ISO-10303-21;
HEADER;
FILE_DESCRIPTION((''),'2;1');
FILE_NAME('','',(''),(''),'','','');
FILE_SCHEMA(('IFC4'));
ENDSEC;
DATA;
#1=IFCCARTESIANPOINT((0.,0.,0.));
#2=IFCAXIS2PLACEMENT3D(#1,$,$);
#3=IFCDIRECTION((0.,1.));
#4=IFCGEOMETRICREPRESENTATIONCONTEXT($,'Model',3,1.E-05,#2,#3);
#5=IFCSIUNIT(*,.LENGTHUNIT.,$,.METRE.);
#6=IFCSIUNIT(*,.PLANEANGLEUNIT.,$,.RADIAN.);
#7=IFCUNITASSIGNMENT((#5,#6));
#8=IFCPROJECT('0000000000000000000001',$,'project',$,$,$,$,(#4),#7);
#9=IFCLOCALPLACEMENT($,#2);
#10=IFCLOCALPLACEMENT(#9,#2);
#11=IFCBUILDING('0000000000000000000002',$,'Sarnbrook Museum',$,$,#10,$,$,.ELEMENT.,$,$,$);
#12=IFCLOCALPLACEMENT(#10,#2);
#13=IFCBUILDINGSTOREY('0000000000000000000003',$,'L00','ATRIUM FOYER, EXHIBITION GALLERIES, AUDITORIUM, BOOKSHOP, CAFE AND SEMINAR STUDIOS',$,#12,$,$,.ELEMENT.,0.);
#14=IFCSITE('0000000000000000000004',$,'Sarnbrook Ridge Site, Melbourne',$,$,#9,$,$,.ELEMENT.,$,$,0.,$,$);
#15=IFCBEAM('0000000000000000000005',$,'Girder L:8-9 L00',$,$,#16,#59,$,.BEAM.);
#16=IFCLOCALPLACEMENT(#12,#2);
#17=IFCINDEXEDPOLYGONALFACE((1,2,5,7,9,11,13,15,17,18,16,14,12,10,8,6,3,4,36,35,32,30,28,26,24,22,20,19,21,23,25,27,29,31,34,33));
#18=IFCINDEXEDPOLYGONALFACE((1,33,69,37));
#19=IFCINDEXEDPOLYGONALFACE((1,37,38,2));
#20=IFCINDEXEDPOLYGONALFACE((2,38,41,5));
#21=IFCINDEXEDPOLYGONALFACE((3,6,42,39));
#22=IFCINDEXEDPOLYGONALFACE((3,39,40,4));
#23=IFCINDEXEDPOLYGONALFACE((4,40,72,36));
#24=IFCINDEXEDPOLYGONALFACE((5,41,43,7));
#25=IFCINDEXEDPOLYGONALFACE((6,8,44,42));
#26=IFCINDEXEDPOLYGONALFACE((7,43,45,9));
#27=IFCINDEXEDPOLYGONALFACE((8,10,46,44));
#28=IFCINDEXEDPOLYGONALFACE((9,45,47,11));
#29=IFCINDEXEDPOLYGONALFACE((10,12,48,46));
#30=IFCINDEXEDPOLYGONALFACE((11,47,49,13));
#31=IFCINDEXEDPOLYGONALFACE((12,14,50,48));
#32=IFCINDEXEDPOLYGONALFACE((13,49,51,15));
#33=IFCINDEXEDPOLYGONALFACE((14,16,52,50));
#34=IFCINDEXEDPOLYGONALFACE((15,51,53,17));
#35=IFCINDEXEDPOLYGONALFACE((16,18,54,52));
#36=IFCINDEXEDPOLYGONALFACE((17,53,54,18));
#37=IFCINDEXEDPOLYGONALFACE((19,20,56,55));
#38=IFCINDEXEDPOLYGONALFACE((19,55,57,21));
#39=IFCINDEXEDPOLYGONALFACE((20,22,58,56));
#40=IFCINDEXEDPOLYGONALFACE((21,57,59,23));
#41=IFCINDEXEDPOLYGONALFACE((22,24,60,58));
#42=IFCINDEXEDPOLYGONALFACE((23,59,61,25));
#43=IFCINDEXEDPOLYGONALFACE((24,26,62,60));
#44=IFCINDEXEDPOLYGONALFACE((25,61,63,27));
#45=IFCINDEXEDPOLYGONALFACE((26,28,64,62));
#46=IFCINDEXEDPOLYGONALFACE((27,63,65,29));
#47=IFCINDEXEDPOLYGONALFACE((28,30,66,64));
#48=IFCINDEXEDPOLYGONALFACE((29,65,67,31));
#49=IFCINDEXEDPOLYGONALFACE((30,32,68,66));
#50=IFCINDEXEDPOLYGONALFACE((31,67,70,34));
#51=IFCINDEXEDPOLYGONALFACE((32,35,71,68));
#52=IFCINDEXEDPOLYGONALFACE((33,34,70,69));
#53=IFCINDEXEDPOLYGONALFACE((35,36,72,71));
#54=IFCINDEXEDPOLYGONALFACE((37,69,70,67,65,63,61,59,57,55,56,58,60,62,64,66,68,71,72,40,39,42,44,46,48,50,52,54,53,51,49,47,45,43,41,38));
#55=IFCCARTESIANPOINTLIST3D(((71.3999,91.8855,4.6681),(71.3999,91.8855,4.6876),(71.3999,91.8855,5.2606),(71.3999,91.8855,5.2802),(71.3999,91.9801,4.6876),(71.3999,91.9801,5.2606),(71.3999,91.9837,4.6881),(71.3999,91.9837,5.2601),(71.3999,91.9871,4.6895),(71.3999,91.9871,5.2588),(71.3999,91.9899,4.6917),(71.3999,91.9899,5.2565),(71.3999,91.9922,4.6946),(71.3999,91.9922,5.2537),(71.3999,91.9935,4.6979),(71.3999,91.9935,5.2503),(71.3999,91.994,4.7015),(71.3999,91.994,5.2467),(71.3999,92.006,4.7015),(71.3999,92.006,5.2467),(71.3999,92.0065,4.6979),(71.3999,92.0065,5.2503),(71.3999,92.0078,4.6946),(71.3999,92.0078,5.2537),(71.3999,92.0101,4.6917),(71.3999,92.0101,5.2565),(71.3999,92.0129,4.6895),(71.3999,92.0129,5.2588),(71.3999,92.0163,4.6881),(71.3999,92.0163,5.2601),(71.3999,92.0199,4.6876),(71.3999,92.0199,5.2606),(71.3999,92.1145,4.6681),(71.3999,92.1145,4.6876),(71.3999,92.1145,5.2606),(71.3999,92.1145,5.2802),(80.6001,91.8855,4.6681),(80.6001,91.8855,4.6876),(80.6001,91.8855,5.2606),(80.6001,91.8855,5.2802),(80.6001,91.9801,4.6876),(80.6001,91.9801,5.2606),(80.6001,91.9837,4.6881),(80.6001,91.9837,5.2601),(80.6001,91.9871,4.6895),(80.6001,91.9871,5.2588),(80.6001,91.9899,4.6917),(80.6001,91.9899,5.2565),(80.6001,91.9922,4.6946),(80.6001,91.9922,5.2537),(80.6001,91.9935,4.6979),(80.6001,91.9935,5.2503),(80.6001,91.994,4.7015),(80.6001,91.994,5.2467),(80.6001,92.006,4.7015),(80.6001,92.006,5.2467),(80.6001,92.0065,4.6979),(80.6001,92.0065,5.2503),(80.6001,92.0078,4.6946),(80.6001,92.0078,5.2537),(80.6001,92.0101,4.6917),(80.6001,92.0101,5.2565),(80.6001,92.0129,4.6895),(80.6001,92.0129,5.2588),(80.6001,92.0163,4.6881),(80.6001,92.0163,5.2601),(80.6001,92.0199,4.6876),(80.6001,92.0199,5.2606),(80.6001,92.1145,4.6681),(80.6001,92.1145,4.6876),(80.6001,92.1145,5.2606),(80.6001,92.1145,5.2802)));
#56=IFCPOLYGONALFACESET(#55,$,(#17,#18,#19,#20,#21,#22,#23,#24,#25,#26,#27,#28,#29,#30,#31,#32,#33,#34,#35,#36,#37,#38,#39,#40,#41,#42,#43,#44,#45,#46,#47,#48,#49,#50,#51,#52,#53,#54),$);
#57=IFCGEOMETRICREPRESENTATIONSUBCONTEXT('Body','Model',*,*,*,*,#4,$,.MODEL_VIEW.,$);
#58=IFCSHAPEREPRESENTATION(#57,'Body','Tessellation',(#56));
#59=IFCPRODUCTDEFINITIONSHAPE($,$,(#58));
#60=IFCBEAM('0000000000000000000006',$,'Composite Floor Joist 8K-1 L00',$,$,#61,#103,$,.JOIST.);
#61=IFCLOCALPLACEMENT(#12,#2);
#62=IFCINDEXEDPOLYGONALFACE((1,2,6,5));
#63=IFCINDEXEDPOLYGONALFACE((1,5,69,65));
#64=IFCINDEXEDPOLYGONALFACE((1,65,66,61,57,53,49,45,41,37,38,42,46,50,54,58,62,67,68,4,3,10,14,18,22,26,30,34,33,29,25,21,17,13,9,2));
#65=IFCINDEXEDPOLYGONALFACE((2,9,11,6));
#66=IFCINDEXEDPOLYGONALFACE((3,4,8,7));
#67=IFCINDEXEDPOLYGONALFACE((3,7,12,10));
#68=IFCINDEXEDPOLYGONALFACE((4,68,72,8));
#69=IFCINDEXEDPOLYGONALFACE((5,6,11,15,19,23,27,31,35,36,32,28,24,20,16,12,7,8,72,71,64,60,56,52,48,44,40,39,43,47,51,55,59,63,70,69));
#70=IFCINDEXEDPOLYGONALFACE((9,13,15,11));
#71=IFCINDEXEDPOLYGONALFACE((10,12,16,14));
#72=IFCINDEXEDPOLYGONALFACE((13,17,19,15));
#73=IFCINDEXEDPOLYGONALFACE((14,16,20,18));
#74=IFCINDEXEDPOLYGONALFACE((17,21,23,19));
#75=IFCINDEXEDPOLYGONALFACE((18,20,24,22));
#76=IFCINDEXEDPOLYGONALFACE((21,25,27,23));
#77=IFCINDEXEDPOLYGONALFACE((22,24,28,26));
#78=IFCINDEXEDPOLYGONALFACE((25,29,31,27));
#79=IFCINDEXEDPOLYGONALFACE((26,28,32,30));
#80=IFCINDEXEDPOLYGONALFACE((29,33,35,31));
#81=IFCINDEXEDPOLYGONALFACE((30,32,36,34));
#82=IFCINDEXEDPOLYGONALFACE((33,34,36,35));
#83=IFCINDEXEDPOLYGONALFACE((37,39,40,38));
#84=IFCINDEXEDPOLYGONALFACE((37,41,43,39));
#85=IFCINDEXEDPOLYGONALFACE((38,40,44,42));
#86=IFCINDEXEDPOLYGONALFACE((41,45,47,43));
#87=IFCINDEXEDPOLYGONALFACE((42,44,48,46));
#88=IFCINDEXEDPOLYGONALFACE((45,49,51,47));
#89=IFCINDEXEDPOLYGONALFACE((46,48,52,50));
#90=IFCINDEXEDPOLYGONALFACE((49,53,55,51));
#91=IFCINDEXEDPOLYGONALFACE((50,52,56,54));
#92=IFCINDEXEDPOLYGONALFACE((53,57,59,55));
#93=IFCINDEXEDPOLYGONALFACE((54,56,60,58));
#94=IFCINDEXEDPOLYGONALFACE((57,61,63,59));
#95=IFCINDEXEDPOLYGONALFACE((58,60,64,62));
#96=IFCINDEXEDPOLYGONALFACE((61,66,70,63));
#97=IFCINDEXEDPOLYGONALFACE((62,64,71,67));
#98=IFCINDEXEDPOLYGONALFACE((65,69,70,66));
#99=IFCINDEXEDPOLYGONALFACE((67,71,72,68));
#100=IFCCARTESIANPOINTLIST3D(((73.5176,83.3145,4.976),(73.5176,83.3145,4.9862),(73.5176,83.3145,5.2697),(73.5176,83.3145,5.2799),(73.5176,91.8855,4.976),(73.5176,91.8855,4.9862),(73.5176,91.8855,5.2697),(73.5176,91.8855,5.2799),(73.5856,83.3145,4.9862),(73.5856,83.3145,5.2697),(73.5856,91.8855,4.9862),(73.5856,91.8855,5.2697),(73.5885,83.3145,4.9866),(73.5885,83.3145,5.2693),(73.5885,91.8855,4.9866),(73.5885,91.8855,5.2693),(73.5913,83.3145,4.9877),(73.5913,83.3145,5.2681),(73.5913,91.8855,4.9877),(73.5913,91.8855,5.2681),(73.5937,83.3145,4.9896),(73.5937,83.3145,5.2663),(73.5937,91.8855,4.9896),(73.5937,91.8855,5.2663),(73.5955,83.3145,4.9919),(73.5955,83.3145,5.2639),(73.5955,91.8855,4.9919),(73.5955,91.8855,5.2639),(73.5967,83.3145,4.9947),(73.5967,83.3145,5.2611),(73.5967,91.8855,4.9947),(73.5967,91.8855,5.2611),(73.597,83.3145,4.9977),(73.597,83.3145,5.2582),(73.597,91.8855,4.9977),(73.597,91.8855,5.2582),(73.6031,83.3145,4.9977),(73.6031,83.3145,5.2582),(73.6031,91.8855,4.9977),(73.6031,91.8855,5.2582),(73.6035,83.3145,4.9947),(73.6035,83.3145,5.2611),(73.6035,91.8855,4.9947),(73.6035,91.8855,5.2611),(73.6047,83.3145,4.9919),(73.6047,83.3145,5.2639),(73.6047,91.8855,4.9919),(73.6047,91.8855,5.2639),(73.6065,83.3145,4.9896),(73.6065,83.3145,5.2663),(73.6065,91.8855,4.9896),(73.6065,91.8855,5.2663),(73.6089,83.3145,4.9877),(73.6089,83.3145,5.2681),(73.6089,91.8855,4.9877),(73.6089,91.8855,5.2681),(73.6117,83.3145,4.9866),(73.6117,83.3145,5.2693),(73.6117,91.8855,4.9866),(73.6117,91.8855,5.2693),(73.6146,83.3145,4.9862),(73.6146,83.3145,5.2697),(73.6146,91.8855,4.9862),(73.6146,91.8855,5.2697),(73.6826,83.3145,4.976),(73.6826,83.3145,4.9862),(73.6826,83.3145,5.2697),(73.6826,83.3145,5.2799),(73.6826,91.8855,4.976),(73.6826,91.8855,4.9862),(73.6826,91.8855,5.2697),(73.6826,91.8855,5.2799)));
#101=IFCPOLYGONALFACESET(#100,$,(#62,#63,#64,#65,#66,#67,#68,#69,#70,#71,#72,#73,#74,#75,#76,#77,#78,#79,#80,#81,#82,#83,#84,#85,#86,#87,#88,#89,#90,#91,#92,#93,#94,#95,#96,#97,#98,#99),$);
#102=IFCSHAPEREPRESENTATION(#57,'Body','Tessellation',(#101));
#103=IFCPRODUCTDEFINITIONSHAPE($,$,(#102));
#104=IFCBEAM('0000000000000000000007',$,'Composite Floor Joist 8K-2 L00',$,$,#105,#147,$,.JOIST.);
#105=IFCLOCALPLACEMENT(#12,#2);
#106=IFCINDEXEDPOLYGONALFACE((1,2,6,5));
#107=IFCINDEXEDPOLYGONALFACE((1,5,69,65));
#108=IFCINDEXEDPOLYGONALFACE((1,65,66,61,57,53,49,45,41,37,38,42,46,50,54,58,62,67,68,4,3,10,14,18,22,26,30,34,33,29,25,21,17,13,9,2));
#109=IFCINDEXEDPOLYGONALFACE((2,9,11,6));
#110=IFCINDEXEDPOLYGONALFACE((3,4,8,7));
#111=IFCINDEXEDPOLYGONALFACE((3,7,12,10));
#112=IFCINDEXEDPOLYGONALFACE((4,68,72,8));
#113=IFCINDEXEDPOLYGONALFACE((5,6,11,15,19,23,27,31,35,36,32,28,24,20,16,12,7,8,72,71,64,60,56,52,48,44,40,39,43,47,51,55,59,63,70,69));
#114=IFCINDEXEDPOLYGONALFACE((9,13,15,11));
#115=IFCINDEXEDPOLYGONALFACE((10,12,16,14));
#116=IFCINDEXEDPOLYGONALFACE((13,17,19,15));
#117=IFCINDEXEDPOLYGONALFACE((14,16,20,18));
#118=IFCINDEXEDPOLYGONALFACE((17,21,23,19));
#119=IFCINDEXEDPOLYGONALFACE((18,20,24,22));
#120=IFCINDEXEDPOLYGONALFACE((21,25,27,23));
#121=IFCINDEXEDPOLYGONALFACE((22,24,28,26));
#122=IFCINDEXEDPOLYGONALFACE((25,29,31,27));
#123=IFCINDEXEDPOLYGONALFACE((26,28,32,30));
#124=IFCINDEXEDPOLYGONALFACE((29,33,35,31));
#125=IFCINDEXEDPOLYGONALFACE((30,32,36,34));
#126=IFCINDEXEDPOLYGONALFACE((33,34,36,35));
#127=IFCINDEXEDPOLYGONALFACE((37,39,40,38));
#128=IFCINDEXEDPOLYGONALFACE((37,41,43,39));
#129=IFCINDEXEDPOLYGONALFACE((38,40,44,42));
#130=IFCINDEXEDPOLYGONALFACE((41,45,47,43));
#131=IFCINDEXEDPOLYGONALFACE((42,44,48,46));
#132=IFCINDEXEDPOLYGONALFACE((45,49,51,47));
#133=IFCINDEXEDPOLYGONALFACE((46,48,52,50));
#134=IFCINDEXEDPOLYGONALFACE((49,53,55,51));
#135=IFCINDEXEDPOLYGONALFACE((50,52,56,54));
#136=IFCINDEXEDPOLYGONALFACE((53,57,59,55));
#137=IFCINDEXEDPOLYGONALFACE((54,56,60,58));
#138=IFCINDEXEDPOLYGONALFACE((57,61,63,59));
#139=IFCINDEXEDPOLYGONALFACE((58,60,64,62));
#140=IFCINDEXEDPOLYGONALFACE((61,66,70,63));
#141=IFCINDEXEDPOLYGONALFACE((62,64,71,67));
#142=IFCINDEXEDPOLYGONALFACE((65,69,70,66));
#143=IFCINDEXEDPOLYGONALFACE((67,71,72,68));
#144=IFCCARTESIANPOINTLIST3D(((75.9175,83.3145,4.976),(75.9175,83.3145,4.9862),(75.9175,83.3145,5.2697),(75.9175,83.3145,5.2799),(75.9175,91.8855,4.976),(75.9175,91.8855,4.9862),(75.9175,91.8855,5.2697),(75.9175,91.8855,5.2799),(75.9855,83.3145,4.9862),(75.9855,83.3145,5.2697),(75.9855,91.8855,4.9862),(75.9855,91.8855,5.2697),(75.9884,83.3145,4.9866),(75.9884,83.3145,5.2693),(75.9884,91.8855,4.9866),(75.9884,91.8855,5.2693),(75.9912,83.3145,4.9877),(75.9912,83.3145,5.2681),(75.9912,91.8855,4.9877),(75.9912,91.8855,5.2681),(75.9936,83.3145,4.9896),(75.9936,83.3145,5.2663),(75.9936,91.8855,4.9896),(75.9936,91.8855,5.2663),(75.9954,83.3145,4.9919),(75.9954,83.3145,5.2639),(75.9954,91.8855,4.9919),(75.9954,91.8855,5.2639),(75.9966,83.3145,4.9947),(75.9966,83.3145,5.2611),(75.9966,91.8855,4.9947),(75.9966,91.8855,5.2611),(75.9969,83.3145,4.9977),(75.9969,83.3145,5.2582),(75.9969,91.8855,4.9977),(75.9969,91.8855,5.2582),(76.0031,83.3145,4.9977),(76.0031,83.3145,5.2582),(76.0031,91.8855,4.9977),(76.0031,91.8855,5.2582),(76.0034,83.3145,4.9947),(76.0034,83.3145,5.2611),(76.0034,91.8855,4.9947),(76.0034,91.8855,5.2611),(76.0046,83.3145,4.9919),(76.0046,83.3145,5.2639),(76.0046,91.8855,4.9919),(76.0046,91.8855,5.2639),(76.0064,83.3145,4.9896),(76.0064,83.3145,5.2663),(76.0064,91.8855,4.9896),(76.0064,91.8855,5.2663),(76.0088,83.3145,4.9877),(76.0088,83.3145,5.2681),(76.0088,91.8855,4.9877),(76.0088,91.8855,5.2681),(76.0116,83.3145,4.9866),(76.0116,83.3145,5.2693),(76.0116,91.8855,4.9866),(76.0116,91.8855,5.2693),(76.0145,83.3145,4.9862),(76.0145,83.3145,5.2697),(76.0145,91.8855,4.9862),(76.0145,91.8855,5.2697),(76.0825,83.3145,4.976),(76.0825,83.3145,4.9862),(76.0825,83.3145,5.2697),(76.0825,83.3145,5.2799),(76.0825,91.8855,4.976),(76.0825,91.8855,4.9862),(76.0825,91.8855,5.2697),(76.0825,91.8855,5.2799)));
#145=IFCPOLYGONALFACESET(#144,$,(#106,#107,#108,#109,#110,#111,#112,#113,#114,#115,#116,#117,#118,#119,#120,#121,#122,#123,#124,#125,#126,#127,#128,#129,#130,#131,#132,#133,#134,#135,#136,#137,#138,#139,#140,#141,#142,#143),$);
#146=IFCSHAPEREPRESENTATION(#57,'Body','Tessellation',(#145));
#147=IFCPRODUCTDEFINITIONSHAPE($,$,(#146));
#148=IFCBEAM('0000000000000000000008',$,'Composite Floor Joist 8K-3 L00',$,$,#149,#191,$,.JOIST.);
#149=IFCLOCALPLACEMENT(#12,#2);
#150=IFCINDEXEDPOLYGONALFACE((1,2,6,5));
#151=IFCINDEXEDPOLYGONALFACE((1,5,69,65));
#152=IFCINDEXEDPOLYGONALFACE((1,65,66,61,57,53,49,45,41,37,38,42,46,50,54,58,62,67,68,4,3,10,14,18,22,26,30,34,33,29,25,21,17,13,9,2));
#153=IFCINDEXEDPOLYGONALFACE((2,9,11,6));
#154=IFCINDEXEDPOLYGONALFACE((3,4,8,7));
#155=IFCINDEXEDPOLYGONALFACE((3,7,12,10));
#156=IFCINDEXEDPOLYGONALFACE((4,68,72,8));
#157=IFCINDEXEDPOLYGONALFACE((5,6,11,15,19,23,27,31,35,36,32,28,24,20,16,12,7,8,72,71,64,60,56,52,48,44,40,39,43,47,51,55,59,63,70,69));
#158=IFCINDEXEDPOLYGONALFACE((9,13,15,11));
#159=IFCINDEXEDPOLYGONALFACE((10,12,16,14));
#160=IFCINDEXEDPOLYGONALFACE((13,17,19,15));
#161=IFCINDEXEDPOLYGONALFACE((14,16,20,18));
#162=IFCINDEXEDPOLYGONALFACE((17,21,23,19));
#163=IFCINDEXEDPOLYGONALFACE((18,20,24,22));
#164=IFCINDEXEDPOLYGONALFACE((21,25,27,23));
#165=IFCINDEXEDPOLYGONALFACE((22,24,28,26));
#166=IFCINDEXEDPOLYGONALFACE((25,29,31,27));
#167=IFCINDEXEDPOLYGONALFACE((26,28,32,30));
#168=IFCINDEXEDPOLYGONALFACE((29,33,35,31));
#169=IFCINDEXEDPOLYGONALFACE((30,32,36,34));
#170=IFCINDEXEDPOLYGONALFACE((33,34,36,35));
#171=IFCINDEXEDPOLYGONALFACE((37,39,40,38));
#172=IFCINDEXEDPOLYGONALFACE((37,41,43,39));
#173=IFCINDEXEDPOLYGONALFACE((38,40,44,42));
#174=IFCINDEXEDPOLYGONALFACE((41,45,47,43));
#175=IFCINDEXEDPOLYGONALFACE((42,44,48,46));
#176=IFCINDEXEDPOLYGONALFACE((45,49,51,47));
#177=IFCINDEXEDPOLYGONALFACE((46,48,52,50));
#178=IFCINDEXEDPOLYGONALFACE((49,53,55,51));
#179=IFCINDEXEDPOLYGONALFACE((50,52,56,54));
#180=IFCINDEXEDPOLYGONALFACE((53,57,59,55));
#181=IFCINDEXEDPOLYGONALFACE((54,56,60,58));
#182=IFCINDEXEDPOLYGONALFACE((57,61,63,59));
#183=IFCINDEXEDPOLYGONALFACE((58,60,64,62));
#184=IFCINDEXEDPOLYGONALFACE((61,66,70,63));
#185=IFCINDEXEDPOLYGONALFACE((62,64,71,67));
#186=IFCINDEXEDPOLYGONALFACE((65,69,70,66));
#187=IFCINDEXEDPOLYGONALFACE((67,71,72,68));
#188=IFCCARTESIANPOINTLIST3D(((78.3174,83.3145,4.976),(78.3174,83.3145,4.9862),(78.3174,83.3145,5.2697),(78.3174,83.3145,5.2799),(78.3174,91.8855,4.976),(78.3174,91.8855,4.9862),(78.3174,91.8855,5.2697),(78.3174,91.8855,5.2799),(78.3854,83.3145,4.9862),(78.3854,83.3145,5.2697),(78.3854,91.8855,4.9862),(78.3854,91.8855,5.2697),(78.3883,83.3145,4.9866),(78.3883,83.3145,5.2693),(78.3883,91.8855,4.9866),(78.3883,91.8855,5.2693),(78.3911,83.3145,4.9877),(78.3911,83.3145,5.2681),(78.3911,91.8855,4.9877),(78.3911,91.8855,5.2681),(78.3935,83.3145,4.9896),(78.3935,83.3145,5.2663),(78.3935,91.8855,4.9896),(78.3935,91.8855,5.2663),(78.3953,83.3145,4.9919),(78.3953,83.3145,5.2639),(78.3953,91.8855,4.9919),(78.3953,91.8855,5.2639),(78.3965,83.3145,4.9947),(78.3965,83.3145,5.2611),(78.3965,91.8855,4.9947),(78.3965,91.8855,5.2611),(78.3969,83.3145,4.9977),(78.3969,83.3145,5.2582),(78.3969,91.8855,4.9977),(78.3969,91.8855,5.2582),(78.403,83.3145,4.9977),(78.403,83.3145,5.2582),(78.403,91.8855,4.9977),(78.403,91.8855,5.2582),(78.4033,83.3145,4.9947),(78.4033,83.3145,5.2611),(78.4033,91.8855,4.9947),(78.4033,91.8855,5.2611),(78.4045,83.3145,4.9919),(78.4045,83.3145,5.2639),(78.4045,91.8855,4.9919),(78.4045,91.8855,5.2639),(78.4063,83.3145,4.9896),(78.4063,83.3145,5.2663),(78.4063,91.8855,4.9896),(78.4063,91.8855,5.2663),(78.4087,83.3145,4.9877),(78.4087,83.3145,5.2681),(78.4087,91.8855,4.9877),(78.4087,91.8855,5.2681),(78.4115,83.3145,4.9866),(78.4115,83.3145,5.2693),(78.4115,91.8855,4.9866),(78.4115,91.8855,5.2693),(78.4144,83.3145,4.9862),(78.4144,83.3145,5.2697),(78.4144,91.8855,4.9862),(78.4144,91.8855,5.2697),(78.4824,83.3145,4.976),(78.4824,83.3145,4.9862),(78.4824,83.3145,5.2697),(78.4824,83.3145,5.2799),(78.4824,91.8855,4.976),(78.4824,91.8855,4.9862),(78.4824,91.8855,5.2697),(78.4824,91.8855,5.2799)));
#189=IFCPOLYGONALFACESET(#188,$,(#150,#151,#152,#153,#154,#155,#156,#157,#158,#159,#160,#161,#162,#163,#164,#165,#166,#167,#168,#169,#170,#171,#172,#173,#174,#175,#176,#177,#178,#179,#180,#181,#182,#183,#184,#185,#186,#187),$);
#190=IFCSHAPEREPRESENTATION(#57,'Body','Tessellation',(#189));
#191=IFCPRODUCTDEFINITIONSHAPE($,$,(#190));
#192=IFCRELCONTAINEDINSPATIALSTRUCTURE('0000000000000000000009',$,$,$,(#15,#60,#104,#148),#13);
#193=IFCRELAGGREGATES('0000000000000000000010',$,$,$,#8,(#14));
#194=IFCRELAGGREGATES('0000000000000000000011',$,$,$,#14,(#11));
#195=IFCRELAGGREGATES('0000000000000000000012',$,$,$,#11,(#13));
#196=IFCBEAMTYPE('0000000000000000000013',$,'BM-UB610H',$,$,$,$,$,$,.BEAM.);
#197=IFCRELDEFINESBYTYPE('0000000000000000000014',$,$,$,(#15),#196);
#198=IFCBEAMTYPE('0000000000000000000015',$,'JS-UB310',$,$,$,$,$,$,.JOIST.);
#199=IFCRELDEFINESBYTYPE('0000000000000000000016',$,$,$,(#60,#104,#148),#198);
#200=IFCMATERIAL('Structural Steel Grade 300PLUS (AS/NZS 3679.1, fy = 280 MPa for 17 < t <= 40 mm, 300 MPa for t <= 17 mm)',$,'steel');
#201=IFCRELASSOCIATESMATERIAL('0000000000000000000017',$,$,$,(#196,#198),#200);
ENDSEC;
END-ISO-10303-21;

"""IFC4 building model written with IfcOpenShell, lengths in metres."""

from ifc_helpers import new_model, si_unit, direction, frame, origin, origin_2d, place, context, subcontext, project, spatial, i_section, extrude, material, material_profile, profile_set, type_object, element, save


model = new_model("IFC4")

# Units and contexts
model_context = context("Model", 3, precision=1e-05, world=origin(), true_north=direction((0.0, 1.0)))
body_context = subcontext(model_context, "Body", "Model", "MODEL_VIEW")
ifc_project = project(units=[si_unit("LENGTHUNIT", "METRE"), si_unit("PLANEANGLEUNIT", "RADIAN")], contexts=[model_context])

# Site, building, storey
site_placement = place(None, origin())
site = spatial("IfcSite", under=ifc_project, at=site_placement, Name="Sarnbrook Ridge Site, Melbourne", CompositionType="ELEMENT", RefElevation=0.0)
building_placement = place(site_placement, origin())
building = spatial("IfcBuilding", under=site, at=building_placement, Name="Sarnbrook Museum", CompositionType="ELEMENT")
storey_placement = place(building_placement, origin())
storey = spatial("IfcBuildingStorey", under=building, at=storey_placement, Name="L00", Description="ATRIUM FOYER, EXHIBITION GALLERIES, AUDITORIUM, BOOKSHOP, CAFE AND SEMINAR STUDIOS", CompositionType="ELEMENT", Elevation=0.0)

# Beams
ifc_material_1 = material(Name="Structural Steel Grade 300PLUS (AS/NZS 3679.1, fy = 280 MPa for 17 < t <= 40 mm, 300 MPa for t <= 17 mm)", Category="steel")
ifc_material_profile_1 = material_profile(ifc_material_1, i_section(OverallWidth=0.229, OverallDepth=0.6121, WebThickness=0.012, FlangeThickness=0.0195, FilletRadius=0.0139, at=origin_2d()), Name="610UB125")
ifc_profile_set_1 = profile_set([ifc_material_profile_1], Name="Structural Steel Grade 300PLUS (AS/NZS 3679.1, fy = 280 MPa for 17 < t <= 40 mm, 300 MPa for t <= 17 mm)")
beam_type_1 = type_object("IfcBeamType", Name="BM-UB610H", PredefinedType="BEAM", material=ifc_profile_set_1)
beam_1_placement = place(storey_placement, frame((71.3999, 92.0, 4.9741), z_axis=(1.0, 0.0, 0.0), x_axis=(0.0, 1.0, 0.0)))
element("IfcBeam", 1, at=beam_1_placement, inside=storey, type_object=beam_type_1, Name="Girder L:8-9 L00", PredefinedType="BEAM", context=body_context, shape_type="SweptSolid", body=[
    extrude(i_section(OverallWidth=0.229, OverallDepth=0.6121, WebThickness=0.012, FlangeThickness=0.0195, FilletRadius=0.0139, at=origin_2d()), origin(), (0.0, 0.0, 1.0), 9.2002),
])
ifc_material_profile_2 = material_profile(ifc_material_1, i_section(OverallWidth=0.165, OverallDepth=0.304, WebThickness=0.0061, FlangeThickness=0.0103, FilletRadius=0.0115, at=origin_2d()), Name="310UB40.4")
ifc_profile_set_2 = profile_set([ifc_material_profile_2], Name="Structural Steel Grade 300PLUS (AS/NZS 3679.1, fy = 280 MPa for 17 < t <= 40 mm, 300 MPa for t <= 17 mm)")
beam_type_2 = type_object("IfcBeamType", Name="JS-UB310", PredefinedType="JOIST", material=ifc_profile_set_2)
for number, where, z_axis, x_axis, name in (
    (2, (73.6001, 83.3145, 5.1279), (0.0, 1.0, 0.0), (-1.0, 0.0, 0.0), "Composite Floor Joist 8K-1 L00"),
    (3, (76.0, 83.3145, 5.1279), (0.0, 1.0, 0.0), (-1.0, 0.0, 0.0), "Composite Floor Joist 8K-2 L00"),
    (4, (78.3999, 83.3145, 5.1279), (0.0, 1.0, 0.0), (-1.0, 0.0, 0.0), "Composite Floor Joist 8K-3 L00"),
):
    element("IfcBeam", number, at=place(storey_placement, frame(where, z_axis=z_axis, x_axis=x_axis)), inside=storey, type_object=beam_type_2, Name=name, PredefinedType="JOIST", context=body_context, shape_type="SweptSolid", body=[
        extrude(i_section(OverallWidth=0.165, OverallDepth=0.304, WebThickness=0.0061, FlangeThickness=0.0103, FilletRadius=0.0115, at=origin_2d()), origin(), (0.0, 0.0, 1.0), 8.571),
    ])

save(model, "model.ifc")
